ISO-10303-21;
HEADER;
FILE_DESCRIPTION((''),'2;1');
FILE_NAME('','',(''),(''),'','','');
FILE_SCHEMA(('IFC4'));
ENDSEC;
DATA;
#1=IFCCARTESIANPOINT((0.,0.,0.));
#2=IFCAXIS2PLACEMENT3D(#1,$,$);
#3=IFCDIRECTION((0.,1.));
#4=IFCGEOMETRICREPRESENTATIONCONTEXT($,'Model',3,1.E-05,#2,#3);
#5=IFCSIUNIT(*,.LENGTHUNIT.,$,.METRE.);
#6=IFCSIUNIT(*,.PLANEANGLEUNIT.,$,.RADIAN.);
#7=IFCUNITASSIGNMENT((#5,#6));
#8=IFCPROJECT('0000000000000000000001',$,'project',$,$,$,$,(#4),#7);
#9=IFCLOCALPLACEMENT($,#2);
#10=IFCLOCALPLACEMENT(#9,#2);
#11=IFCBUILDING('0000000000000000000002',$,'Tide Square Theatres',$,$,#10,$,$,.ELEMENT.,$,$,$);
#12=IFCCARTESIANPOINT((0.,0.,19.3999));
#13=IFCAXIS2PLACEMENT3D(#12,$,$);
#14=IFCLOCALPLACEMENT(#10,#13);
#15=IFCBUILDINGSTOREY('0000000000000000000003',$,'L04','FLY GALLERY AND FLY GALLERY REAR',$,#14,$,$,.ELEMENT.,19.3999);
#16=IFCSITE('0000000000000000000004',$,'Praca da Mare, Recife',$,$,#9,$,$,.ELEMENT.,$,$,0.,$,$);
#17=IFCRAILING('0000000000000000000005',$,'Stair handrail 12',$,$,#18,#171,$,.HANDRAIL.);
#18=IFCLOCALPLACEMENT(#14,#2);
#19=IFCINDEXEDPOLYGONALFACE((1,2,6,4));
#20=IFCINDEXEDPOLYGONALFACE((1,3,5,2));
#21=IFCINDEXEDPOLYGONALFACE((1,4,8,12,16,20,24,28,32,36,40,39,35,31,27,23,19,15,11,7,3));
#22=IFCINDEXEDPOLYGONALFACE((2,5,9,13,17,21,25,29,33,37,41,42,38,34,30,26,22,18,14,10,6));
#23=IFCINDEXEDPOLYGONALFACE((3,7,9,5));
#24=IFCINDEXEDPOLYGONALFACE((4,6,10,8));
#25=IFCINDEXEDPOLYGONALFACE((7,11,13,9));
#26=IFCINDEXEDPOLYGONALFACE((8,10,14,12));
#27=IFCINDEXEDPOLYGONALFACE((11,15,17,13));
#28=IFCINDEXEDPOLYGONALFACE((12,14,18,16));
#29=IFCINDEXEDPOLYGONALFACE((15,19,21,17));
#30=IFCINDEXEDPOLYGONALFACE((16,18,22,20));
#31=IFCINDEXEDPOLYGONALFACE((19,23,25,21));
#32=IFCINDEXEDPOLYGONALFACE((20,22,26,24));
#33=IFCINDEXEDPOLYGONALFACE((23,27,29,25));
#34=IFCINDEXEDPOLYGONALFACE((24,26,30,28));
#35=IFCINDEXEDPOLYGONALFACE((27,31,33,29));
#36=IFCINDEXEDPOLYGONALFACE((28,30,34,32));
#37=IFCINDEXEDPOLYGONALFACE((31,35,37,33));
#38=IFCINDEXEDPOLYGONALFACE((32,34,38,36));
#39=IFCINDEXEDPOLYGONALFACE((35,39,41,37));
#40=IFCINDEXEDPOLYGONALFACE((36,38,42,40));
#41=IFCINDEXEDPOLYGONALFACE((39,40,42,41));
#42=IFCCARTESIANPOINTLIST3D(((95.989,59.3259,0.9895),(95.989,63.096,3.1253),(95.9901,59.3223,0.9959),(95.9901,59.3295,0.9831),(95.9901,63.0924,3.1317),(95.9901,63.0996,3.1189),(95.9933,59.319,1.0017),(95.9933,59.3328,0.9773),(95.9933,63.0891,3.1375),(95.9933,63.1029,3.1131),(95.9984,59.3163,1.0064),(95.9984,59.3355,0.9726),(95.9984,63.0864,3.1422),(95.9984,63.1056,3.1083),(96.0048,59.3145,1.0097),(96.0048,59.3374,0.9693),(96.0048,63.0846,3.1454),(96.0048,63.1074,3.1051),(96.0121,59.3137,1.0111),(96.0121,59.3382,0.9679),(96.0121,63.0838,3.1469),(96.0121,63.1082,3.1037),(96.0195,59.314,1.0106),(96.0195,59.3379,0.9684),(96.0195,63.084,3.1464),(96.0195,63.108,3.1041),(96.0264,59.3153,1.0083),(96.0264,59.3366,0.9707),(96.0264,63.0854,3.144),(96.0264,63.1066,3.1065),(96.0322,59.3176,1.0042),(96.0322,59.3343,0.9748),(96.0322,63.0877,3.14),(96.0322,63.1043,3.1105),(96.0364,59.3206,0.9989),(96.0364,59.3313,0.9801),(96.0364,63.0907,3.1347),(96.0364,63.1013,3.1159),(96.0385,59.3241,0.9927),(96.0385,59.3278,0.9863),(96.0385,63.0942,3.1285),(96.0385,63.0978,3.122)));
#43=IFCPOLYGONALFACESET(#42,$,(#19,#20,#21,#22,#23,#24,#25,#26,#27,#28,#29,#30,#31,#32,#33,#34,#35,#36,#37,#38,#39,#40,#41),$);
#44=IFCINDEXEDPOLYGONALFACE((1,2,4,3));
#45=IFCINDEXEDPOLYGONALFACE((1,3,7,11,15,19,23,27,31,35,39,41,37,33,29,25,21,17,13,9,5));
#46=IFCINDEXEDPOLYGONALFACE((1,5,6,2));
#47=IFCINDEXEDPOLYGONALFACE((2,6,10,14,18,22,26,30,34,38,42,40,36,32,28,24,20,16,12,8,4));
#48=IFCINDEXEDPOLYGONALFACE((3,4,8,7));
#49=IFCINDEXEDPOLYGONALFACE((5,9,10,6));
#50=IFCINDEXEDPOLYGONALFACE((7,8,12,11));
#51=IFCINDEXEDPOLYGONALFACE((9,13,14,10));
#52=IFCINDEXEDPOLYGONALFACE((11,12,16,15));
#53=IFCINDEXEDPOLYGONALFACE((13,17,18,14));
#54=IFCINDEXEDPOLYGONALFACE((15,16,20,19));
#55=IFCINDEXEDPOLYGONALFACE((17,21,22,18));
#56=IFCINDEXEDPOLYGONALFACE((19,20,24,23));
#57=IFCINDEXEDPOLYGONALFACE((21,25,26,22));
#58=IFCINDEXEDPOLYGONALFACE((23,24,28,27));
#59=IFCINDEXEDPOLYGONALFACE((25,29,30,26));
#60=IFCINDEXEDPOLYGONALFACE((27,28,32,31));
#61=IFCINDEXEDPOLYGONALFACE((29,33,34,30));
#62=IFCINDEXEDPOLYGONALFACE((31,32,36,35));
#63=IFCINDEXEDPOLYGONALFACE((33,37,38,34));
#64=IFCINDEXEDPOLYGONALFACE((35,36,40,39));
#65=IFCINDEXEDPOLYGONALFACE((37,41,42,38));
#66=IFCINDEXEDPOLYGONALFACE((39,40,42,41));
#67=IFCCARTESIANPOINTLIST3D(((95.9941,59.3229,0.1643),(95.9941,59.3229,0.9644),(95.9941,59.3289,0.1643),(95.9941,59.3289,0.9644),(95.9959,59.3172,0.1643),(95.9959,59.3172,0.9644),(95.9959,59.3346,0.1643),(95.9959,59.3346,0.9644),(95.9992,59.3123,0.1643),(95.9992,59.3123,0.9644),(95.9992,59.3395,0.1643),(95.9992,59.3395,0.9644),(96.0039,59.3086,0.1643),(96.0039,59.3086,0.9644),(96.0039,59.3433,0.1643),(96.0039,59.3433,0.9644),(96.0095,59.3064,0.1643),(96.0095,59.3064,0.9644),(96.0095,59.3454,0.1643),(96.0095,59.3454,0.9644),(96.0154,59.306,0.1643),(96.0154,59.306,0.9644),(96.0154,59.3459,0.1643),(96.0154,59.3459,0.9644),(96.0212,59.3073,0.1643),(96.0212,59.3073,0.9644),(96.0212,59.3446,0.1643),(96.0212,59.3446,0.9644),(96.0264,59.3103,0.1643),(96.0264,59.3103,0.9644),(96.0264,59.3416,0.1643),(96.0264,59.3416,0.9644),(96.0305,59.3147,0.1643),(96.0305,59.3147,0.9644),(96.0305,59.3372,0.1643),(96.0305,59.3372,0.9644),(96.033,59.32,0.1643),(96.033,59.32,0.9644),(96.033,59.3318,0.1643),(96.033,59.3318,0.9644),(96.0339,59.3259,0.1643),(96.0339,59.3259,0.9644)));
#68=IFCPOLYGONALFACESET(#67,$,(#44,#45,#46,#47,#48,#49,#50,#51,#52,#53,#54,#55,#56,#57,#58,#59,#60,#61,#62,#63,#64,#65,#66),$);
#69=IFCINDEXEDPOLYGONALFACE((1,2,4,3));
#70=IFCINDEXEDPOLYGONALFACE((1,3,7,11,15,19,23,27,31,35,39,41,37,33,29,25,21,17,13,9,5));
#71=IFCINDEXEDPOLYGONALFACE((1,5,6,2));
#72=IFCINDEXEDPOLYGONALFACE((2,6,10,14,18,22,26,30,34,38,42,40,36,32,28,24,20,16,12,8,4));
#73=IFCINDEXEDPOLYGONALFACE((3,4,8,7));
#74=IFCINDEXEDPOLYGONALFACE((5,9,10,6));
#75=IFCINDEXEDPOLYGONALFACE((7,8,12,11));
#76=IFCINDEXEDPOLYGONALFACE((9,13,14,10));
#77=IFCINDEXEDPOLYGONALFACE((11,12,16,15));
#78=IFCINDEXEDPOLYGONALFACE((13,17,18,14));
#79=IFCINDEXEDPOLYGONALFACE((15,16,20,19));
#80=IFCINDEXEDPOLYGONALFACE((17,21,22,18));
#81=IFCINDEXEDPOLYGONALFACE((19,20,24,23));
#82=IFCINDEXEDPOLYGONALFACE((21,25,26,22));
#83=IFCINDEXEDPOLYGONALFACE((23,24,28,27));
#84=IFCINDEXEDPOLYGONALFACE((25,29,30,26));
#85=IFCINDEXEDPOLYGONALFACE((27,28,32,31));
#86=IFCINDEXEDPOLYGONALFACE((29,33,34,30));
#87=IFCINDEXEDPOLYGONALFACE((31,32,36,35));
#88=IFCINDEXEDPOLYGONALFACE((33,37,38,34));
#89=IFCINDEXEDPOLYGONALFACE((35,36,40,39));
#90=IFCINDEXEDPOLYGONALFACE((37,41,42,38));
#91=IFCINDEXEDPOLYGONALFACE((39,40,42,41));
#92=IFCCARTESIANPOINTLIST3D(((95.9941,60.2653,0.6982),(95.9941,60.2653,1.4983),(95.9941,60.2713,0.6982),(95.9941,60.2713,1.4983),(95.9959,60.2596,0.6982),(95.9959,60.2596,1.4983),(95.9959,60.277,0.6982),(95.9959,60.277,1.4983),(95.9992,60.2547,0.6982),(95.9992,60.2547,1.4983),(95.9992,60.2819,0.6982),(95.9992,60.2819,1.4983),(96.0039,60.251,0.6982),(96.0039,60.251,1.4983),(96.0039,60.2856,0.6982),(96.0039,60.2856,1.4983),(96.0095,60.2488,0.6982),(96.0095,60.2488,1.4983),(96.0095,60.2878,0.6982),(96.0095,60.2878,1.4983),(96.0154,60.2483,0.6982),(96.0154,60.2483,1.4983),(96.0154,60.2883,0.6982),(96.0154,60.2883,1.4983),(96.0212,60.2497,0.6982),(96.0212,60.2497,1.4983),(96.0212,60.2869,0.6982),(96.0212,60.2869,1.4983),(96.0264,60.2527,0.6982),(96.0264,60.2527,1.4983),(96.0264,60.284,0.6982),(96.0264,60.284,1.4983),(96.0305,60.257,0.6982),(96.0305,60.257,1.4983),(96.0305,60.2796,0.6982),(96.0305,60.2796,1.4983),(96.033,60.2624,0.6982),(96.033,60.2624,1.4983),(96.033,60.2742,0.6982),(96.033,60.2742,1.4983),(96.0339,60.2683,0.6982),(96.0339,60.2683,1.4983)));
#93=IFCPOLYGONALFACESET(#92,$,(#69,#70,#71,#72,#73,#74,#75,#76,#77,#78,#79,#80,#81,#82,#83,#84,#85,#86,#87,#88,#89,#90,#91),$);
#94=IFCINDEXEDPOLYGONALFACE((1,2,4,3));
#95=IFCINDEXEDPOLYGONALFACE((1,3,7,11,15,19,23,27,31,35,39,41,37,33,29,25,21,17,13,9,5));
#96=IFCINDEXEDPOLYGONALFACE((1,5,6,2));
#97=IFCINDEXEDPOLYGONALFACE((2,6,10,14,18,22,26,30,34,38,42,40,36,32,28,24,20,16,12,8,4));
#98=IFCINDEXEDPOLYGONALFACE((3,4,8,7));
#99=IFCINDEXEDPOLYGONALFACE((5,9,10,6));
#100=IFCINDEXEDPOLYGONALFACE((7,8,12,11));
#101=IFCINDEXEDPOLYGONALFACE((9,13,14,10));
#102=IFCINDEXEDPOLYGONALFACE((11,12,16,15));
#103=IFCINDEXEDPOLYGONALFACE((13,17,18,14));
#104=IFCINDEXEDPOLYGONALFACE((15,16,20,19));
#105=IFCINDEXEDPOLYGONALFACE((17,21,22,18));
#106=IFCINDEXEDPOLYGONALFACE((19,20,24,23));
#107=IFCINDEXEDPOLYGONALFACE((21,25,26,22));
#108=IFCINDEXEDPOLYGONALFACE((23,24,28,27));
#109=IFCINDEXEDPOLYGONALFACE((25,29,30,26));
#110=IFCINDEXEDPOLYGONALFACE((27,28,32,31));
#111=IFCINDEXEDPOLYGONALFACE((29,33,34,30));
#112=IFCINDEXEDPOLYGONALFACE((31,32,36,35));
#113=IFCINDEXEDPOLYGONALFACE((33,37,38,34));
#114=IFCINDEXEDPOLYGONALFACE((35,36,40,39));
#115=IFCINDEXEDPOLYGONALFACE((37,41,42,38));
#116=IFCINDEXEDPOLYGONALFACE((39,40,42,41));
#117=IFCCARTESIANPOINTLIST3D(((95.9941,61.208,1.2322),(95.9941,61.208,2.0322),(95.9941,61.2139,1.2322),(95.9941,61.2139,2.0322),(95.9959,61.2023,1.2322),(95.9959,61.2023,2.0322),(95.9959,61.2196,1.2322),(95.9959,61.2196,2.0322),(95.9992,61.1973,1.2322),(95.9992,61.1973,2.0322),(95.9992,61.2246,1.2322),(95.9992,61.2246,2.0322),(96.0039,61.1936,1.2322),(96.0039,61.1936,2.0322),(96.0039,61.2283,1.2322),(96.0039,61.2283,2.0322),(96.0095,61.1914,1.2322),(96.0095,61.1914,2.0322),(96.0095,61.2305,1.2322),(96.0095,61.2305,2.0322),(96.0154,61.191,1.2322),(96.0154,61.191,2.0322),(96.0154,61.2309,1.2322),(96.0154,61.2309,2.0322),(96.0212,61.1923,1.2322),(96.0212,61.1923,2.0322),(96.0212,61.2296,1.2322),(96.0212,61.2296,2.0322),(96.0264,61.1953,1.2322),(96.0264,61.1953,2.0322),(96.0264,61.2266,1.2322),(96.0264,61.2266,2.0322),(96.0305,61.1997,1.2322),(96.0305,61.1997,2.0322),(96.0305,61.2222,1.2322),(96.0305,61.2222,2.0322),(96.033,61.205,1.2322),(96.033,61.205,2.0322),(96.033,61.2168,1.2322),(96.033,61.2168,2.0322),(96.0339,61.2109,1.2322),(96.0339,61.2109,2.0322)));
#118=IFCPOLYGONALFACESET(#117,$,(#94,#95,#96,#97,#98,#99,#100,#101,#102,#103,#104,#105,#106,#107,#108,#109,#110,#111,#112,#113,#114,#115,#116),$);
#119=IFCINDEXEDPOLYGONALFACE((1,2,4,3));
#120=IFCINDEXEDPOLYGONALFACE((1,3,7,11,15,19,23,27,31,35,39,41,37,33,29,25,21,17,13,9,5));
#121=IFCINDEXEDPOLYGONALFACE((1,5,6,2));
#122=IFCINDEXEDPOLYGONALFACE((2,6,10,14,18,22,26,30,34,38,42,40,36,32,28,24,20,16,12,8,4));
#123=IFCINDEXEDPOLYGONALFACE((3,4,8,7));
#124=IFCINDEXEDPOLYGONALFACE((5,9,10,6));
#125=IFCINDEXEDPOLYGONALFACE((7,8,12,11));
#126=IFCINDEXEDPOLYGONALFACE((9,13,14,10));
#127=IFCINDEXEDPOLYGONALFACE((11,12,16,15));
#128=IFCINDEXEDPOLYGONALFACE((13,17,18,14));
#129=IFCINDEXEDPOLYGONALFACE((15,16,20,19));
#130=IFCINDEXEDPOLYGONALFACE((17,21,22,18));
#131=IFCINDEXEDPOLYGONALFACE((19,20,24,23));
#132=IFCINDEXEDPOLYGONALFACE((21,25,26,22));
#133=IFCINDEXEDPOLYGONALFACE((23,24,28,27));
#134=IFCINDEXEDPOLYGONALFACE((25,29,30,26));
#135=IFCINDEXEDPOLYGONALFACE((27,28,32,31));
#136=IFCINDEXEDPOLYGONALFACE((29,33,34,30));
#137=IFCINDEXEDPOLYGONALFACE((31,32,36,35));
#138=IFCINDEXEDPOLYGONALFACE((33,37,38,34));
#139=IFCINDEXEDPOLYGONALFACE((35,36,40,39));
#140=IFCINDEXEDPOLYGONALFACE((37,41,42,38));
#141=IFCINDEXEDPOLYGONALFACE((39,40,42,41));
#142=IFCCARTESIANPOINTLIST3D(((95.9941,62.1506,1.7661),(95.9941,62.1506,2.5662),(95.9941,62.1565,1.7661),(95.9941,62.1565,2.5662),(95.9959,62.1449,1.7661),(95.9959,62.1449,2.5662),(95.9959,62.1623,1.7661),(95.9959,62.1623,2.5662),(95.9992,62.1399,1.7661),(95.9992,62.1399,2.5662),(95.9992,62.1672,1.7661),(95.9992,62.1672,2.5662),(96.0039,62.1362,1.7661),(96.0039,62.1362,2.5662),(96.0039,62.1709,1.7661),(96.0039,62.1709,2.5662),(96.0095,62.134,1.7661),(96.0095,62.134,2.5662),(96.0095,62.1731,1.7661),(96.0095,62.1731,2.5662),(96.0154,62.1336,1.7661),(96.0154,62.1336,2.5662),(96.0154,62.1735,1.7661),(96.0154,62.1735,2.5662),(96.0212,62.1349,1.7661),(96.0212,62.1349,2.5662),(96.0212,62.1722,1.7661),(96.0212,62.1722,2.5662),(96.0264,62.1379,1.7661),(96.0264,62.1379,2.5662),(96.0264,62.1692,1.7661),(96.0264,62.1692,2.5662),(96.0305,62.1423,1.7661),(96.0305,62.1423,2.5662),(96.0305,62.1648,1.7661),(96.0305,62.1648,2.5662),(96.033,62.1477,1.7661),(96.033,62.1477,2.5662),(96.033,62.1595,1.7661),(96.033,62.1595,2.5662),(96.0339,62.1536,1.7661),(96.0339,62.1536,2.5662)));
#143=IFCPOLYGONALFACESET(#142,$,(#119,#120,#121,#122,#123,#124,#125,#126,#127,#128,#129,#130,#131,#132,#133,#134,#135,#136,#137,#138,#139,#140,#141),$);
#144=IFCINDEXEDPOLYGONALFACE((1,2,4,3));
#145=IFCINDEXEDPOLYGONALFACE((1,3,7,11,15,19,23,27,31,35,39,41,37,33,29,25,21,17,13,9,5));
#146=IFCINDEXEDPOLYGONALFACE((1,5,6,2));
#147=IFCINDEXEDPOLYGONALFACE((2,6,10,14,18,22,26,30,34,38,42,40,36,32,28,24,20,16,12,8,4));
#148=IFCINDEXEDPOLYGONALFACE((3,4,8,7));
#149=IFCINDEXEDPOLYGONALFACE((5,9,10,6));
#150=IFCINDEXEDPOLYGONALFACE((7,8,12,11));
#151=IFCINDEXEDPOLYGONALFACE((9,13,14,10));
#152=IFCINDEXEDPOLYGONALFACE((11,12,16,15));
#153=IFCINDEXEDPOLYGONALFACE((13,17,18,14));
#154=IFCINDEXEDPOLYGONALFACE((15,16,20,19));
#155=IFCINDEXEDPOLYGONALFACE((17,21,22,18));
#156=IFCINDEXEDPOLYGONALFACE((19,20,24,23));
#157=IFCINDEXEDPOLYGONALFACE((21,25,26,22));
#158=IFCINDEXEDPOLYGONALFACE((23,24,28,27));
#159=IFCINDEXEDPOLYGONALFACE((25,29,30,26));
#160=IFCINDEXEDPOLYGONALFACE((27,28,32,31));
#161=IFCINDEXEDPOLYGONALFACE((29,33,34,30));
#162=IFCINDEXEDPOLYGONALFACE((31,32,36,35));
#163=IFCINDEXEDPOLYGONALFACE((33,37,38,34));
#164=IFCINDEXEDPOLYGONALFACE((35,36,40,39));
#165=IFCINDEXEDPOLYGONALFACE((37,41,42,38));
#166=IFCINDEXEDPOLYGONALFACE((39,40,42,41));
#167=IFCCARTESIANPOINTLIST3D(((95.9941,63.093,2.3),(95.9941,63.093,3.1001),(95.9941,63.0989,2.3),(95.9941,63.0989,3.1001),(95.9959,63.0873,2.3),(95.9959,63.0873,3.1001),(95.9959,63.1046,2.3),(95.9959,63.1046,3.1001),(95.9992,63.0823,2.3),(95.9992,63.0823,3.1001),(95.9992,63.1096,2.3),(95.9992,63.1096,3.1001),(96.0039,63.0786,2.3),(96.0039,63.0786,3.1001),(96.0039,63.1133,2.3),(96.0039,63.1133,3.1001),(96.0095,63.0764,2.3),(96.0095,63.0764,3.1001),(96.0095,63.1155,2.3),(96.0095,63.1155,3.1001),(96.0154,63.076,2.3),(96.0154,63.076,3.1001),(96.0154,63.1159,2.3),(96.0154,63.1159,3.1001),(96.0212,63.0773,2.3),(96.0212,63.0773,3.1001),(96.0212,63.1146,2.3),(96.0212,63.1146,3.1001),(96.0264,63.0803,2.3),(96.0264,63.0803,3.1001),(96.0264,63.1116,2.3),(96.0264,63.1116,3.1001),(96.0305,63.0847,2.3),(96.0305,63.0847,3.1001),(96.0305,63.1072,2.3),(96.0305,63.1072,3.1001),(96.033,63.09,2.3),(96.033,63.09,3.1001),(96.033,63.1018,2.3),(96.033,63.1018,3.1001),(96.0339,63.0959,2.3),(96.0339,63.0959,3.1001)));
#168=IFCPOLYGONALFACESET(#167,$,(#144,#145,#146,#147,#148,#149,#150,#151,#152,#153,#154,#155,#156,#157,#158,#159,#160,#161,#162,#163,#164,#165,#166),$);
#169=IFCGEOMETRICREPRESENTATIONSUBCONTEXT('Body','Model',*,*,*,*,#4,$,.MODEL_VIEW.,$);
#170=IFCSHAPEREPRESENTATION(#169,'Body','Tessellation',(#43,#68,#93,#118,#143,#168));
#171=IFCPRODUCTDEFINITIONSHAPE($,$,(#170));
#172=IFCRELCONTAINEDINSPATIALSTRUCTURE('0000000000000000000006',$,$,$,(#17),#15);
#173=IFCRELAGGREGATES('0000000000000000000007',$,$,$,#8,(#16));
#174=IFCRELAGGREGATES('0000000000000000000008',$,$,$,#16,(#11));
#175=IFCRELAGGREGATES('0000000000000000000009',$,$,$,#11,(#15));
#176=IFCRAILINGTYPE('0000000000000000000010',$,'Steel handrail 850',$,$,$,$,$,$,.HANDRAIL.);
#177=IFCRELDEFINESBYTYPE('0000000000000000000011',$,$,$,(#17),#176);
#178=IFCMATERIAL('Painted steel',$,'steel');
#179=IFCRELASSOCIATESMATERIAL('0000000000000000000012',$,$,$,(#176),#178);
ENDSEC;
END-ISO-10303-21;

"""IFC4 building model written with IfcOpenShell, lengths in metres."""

from ifc_helpers import new_model, si_unit, direction, frame, origin, origin_2d, place, context, subcontext, project, spatial, circle, extrude, material, type_object, element, save


model = new_model("IFC4")

# Units and contexts
model_context = context("Model", 3, precision=1e-05, world=origin(), true_north=direction((0.0, 1.0)))
body_context = subcontext(model_context, "Body", "Model", "MODEL_VIEW")
ifc_project = project(units=[si_unit("LENGTHUNIT", "METRE"), si_unit("PLANEANGLEUNIT", "RADIAN")], contexts=[model_context])

# Site, building, storey
site_placement = place(None, origin())
site = spatial("IfcSite", under=ifc_project, at=site_placement, Name="Praca da Mare, Recife", CompositionType="ELEMENT", RefElevation=0.0)
building_placement = place(site_placement, origin())
building = spatial("IfcBuilding", under=site, at=building_placement, Name="Tide Square Theatres", CompositionType="ELEMENT")
storey_placement = place(building_placement, frame((0.0, 0.0, 19.3999)))
storey = spatial("IfcBuildingStorey", under=building, at=storey_placement, Name="L04", Description="FLY GALLERY AND FLY GALLERY REAR", CompositionType="ELEMENT", Elevation=19.3999)

# Railing
ifc_material_1 = material(Name="Painted steel", Category="steel")
railing_type_1 = type_object("IfcRailingType", Name="Steel handrail 850", PredefinedType="HANDRAIL", material=ifc_material_1)
for number, where, name in (
    (1, (96.0139, 59.3259, 0.1643), "Stair handrail 12"),
):
    element("IfcRailing", number, at=place(storey_placement, frame(where)), inside=storey, type_object=railing_type_1, Name=name, PredefinedType="HANDRAIL", context=body_context, shape_type="SweptSolid", body=[
        extrude(circle(Radius=0.0249, at=origin_2d()), frame((0.0, 0.0, 0.8252), z_axis=(0.0, 0.870082, 0.492907), x_axis=(-1.0, 0.0, 0.0)), (0.0, 0.0, 1.0), 4.333),
        extrude(circle(Radius=0.02, at=origin_2d()), origin(), (0.0, 0.0, 1.0), 0.8),
        extrude(circle(Radius=0.02, at=origin_2d()), frame((0.0, 0.9424, 0.5339)), (0.0, 0.0, 1.0), 0.8),
        extrude(circle(Radius=0.02, at=origin_2d()), frame((0.0, 1.885, 1.0679)), (0.0, 0.0, 1.0), 0.8),
        extrude(circle(Radius=0.02, at=origin_2d()), frame((0.0, 2.8276, 1.6018)), (0.0, 0.0, 1.0), 0.8),
        extrude(circle(Radius=0.02, at=origin_2d()), frame((0.0, 3.77, 2.1357)), (0.0, 0.0, 1.0), 0.8),
    ])

save(model, "model.ifc")
